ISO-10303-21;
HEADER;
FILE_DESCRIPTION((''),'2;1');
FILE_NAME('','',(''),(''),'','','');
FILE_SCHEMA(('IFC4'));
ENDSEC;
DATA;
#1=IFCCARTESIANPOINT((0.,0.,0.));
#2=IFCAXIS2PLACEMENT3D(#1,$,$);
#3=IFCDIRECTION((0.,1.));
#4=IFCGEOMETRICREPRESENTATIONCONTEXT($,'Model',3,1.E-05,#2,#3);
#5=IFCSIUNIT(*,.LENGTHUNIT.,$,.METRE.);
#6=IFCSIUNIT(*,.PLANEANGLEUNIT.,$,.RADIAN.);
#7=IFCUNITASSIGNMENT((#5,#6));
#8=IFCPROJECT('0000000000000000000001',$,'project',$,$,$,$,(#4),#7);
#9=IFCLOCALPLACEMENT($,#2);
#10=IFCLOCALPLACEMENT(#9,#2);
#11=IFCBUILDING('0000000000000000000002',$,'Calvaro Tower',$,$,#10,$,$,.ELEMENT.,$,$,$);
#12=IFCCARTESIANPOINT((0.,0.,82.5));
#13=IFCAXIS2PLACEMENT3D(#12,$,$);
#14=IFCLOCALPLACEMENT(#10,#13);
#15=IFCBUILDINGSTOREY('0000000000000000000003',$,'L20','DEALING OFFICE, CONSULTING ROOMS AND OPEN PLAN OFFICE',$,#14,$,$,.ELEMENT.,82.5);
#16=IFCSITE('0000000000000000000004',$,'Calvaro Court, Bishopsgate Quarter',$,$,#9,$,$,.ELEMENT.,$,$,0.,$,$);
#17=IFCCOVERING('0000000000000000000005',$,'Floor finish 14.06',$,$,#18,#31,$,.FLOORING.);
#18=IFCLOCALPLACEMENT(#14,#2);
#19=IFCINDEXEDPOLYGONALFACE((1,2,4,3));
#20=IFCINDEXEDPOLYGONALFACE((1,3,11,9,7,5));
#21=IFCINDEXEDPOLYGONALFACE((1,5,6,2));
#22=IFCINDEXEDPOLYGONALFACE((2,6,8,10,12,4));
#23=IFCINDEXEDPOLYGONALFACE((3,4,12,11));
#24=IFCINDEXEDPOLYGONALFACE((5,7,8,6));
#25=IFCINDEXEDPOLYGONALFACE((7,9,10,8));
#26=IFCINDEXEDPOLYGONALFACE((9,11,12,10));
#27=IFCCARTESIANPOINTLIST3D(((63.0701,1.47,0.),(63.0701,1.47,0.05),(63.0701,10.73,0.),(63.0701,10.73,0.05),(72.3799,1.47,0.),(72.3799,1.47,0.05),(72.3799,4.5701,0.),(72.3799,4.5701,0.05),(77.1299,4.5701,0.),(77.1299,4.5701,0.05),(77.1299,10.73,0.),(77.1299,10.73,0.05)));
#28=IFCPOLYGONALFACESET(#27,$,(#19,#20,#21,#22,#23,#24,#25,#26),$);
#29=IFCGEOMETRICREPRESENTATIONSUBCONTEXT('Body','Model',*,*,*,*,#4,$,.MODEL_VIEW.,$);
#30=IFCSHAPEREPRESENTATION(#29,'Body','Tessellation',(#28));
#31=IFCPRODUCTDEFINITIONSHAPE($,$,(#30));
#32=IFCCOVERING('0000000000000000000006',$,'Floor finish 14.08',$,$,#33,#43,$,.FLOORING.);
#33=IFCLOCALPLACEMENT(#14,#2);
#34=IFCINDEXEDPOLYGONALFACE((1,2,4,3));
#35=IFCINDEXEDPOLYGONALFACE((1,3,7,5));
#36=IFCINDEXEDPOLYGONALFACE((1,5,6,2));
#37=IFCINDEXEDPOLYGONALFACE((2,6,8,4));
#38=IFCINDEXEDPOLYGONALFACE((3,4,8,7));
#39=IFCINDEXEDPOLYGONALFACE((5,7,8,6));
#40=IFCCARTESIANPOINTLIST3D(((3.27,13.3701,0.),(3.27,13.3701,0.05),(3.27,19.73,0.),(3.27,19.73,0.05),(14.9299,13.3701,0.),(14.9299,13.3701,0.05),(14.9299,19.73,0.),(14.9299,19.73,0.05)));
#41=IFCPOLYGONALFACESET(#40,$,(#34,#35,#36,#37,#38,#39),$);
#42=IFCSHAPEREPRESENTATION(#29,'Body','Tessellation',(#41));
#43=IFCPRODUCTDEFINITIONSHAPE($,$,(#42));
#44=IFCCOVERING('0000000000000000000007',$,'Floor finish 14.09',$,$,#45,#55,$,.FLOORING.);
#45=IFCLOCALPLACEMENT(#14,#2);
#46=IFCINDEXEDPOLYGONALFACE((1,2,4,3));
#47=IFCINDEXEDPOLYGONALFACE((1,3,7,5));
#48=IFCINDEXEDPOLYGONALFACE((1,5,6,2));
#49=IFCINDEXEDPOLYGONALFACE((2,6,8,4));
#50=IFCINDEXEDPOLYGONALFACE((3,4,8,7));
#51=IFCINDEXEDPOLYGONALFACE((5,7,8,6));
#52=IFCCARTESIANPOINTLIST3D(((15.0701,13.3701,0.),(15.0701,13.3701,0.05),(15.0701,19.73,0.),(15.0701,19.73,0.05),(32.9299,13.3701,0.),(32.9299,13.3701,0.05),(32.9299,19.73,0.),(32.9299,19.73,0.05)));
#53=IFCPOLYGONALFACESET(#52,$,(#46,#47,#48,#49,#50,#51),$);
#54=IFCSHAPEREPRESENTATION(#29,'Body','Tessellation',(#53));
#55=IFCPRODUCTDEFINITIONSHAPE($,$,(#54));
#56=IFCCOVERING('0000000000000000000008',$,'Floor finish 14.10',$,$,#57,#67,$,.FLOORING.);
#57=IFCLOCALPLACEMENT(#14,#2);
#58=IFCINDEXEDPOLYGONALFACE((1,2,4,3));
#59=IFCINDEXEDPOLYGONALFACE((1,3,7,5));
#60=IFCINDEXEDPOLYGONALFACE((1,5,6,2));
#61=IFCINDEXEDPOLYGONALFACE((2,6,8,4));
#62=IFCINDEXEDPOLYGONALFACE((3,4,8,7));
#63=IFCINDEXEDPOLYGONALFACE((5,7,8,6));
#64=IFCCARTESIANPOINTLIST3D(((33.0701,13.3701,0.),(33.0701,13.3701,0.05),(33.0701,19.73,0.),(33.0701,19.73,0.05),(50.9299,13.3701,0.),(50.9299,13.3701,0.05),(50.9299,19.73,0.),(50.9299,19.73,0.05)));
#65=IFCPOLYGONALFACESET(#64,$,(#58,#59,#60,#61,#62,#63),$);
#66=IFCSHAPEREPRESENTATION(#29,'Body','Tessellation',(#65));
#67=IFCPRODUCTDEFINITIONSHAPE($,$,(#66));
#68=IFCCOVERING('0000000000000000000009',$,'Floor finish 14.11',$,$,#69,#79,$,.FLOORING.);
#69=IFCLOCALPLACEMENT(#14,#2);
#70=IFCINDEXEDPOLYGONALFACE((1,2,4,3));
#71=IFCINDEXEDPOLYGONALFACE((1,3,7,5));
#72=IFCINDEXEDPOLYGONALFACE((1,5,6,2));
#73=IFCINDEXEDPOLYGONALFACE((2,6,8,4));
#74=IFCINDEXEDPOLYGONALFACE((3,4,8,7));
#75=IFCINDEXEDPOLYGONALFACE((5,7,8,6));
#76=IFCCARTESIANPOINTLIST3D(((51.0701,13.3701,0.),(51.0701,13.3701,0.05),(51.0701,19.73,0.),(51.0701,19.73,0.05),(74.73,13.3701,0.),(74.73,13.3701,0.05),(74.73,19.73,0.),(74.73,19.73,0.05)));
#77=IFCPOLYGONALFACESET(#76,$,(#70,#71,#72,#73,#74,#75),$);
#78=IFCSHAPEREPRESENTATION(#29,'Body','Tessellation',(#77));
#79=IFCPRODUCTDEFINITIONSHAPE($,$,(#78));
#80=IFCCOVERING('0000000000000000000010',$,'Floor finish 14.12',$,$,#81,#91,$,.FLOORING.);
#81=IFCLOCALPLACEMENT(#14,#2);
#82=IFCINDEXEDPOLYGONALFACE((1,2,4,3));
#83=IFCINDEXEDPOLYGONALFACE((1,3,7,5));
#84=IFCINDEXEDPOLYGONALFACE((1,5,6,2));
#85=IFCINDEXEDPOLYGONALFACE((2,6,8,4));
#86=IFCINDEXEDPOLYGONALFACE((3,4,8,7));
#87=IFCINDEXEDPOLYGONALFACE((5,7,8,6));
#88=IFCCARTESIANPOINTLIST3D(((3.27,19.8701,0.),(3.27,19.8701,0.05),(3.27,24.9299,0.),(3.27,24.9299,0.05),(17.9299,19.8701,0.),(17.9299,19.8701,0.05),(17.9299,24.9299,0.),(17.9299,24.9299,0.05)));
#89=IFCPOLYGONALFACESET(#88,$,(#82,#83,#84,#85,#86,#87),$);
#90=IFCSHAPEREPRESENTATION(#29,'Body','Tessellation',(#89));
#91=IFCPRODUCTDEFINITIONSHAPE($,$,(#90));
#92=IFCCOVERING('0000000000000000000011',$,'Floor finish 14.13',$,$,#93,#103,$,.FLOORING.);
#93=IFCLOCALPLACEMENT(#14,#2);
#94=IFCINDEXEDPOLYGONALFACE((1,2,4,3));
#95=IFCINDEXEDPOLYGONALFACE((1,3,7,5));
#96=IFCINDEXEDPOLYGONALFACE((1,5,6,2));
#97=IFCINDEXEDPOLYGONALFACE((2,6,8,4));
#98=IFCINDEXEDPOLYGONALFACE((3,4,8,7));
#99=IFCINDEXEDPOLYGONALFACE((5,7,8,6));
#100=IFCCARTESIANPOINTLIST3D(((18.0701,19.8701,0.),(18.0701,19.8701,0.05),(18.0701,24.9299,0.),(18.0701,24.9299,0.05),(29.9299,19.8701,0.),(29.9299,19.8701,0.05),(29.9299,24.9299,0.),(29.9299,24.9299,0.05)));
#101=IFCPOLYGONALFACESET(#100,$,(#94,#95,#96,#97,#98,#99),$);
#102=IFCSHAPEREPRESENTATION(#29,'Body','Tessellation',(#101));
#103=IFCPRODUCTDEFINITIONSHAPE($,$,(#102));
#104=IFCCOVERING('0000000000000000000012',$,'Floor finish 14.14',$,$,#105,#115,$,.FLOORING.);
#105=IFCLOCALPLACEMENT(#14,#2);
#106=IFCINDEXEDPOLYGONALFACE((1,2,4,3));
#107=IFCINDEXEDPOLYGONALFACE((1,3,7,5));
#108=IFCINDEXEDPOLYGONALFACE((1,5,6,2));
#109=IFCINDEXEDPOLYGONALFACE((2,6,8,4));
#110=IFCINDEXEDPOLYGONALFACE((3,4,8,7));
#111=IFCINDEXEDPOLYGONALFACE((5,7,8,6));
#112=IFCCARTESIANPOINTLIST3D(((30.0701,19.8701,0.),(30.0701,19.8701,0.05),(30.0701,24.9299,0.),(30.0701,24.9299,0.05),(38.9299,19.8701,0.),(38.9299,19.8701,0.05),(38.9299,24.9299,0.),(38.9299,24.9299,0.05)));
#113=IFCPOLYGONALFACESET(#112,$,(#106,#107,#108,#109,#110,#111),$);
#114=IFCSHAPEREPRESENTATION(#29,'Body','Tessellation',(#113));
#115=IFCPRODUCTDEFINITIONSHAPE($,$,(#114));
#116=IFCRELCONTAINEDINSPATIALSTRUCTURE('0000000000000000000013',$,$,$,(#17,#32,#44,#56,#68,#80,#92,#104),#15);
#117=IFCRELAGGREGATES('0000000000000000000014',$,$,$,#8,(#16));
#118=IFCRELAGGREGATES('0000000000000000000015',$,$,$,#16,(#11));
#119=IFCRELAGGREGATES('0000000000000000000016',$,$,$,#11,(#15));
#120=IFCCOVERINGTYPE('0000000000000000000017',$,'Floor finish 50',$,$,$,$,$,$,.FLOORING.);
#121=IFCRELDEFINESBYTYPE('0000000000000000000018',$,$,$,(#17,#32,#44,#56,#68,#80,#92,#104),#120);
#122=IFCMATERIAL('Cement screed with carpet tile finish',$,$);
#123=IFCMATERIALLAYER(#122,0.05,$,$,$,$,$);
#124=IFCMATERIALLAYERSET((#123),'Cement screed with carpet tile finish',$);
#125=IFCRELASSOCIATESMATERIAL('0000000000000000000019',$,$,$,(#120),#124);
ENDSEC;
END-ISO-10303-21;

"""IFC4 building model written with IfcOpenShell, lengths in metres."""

from ifc_helpers import new_model, si_unit, direction, frame, origin, place, context, subcontext, project, spatial, polyline, outline, extrude, material, layer, layer_set, type_object, element, save


model = new_model("IFC4")

# Units and contexts
model_context = context("Model", 3, precision=1e-05, world=origin(), true_north=direction((0.0, 1.0)))
body_context = subcontext(model_context, "Body", "Model", "MODEL_VIEW")
ifc_project = project(units=[si_unit("LENGTHUNIT", "METRE"), si_unit("PLANEANGLEUNIT", "RADIAN")], contexts=[model_context])

# Site, building, storey
site_placement = place(None, origin())
site = spatial("IfcSite", under=ifc_project, at=site_placement, Name="Calvaro Court, Bishopsgate Quarter", CompositionType="ELEMENT", RefElevation=0.0)
building_placement = place(site_placement, origin())
building = spatial("IfcBuilding", under=site, at=building_placement, Name="Calvaro Tower", CompositionType="ELEMENT")
storey_placement = place(building_placement, frame((0.0, 0.0, 82.5)))
storey = spatial("IfcBuildingStorey", under=building, at=storey_placement, Name="L20", Description="DEALING OFFICE, CONSULTING ROOMS AND OPEN PLAN OFFICE", CompositionType="ELEMENT", Elevation=82.5)

# Coverings
ifc_material_1 = material(Name="Cement screed with carpet tile finish")
ifc_layer_1 = layer(ifc_material_1, 0.05)
ifc_layer_set_1 = layer_set([ifc_layer_1], Name="Cement screed with carpet tile finish")
covering_type = type_object("IfcCoveringType", Name="Floor finish 50", PredefinedType="FLOORING", material=ifc_layer_set_1)
covering_1_placement = place(storey_placement, origin())
element("IfcCovering", 1, at=covering_1_placement, inside=storey, type_object=covering_type, Name="Floor finish 14.06", PredefinedType="FLOORING", context=body_context, shape_type="SweptSolid", body=[
    extrude(outline(polyline([(77.1299, 4.5701), (72.3799, 4.5701), (72.3799, 1.47), (63.0701, 1.47), (63.0701, 10.73), (77.1299, 10.73), (77.1299, 4.5701)])), origin(), (0.0, 0.0, 1.0), 0.05),
])
covering_2_placement = place(storey_placement, origin())
element("IfcCovering", 2, at=covering_2_placement, inside=storey, type_object=covering_type, Name="Floor finish 14.08", PredefinedType="FLOORING", context=body_context, shape_type="SweptSolid", body=[
    extrude(outline(polyline([(3.27, 13.3701), (3.27, 19.73), (14.9299, 19.73), (14.9299, 13.3701), (3.27, 13.3701)])), origin(), (0.0, 0.0, 1.0), 0.05),
])
covering_3_placement = place(storey_placement, origin())
element("IfcCovering", 3, at=covering_3_placement, inside=storey, type_object=covering_type, Name="Floor finish 14.09", PredefinedType="FLOORING", context=body_context, shape_type="SweptSolid", body=[
    extrude(outline(polyline([(15.0701, 13.3701), (15.0701, 19.73), (32.9299, 19.73), (32.9299, 13.3701), (15.0701, 13.3701)])), origin(), (0.0, 0.0, 1.0), 0.05),
])
covering_4_placement = place(storey_placement, origin())
element("IfcCovering", 4, at=covering_4_placement, inside=storey, type_object=covering_type, Name="Floor finish 14.10", PredefinedType="FLOORING", context=body_context, shape_type="SweptSolid", body=[
    extrude(outline(polyline([(33.0701, 13.3701), (33.0701, 19.73), (50.9299, 19.73), (50.9299, 13.3701), (33.0701, 13.3701)])), origin(), (0.0, 0.0, 1.0), 0.05),
])
covering_5_placement = place(storey_placement, origin())
element("IfcCovering", 5, at=covering_5_placement, inside=storey, type_object=covering_type, Name="Floor finish 14.11", PredefinedType="FLOORING", context=body_context, shape_type="SweptSolid", body=[
    extrude(outline(polyline([(51.0701, 13.3701), (51.0701, 19.73), (74.73, 19.73), (74.73, 13.3701), (51.0701, 13.3701)])), origin(), (0.0, 0.0, 1.0), 0.05),
])
covering_6_placement = place(storey_placement, origin())
element("IfcCovering", 6, at=covering_6_placement, inside=storey, type_object=covering_type, Name="Floor finish 14.12", PredefinedType="FLOORING", context=body_context, shape_type="SweptSolid", body=[
    extrude(outline(polyline([(3.27, 19.8701), (3.27, 24.9299), (17.9299, 24.9299), (17.9299, 19.8701), (3.27, 19.8701)])), origin(), (0.0, 0.0, 1.0), 0.05),
])
covering_7_placement = place(storey_placement, origin())
element("IfcCovering", 7, at=covering_7_placement, inside=storey, type_object=covering_type, Name="Floor finish 14.13", PredefinedType="FLOORING", context=body_context, shape_type="SweptSolid", body=[
    extrude(outline(polyline([(18.0701, 19.8701), (18.0701, 24.9299), (29.9299, 24.9299), (29.9299, 19.8701), (18.0701, 19.8701)])), origin(), (0.0, 0.0, 1.0), 0.05),
])
covering_8_placement = place(storey_placement, origin())
element("IfcCovering", 8, at=covering_8_placement, inside=storey, type_object=covering_type, Name="Floor finish 14.14", PredefinedType="FLOORING", context=body_context, shape_type="SweptSolid", body=[
    extrude(outline(polyline([(30.0701, 19.8701), (30.0701, 24.9299), (38.9299, 24.9299), (38.9299, 19.8701), (30.0701, 19.8701)])), origin(), (0.0, 0.0, 1.0), 0.05),
])

save(model, "model.ifc")
